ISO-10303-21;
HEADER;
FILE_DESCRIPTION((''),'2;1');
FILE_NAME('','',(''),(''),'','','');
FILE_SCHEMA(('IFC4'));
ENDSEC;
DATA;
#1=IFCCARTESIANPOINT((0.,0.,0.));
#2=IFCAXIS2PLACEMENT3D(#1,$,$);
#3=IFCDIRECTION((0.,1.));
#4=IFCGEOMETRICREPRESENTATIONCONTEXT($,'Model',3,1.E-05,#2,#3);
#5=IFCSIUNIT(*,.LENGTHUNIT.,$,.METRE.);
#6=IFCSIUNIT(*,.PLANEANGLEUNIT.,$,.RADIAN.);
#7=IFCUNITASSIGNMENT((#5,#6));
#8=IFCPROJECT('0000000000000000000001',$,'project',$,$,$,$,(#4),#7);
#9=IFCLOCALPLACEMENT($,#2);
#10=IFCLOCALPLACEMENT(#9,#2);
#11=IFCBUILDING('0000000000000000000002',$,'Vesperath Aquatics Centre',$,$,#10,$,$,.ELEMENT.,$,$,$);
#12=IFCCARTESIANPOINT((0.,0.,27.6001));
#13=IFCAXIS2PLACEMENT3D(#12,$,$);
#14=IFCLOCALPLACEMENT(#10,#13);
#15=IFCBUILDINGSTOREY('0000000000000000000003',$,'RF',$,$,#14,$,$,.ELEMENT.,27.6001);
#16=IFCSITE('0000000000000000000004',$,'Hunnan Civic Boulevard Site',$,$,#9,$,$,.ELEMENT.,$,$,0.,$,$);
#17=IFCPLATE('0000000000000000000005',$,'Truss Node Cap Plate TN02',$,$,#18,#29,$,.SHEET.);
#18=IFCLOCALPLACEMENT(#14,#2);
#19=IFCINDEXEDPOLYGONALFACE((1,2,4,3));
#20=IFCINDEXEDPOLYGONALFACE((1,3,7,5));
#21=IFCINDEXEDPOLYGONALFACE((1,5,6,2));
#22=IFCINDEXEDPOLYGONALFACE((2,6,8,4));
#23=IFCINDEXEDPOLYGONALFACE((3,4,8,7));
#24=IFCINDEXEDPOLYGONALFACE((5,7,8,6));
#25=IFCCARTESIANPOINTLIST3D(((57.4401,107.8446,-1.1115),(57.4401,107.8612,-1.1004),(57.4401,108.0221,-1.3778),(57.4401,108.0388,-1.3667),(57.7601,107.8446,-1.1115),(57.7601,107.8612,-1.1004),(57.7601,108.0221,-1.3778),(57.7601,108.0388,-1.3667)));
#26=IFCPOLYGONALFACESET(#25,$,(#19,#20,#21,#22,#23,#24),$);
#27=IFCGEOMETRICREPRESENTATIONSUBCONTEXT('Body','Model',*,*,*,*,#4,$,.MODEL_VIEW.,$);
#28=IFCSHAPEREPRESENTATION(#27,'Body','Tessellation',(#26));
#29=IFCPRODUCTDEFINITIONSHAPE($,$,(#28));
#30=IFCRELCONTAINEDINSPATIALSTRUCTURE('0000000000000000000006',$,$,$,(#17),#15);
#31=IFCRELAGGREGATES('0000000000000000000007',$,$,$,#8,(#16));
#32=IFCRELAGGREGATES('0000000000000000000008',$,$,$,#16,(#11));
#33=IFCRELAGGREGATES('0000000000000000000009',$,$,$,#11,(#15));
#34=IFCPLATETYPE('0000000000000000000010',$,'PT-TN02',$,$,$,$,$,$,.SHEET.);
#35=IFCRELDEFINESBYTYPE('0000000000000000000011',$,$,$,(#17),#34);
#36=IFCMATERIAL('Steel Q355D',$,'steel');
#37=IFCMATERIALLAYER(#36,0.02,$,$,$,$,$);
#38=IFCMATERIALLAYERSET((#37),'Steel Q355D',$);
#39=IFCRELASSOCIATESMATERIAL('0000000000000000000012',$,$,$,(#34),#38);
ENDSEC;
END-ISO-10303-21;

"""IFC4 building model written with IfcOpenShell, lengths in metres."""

from ifc_helpers import new_model, si_unit, direction, frame, origin, origin_2d, place, context, subcontext, project, spatial, rectangle, extrude, material, layer, layer_set, type_object, element, save


model = new_model("IFC4")

# Units and contexts
model_context = context("Model", 3, precision=1e-05, world=origin(), true_north=direction((0.0, 1.0)))
body_context = subcontext(model_context, "Body", "Model", "MODEL_VIEW")
ifc_project = project(units=[si_unit("LENGTHUNIT", "METRE"), si_unit("PLANEANGLEUNIT", "RADIAN")], contexts=[model_context])

# Site, building, storey
site_placement = place(None, origin())
site = spatial("IfcSite", under=ifc_project, at=site_placement, Name="Hunnan Civic Boulevard Site", CompositionType="ELEMENT", RefElevation=0.0)
building_placement = place(site_placement, origin())
building = spatial("IfcBuilding", under=site, at=building_placement, Name="Vesperath Aquatics Centre", CompositionType="ELEMENT")
storey_placement = place(building_placement, frame((0.0, 0.0, 27.6001)))
storey = spatial("IfcBuildingStorey", under=building, at=storey_placement, Name="RF", CompositionType="ELEMENT", Elevation=27.6001)

# Shared definitions
ifc_material_1 = material(Name="Steel Q355D", Category="steel")

# Plate
ifc_layer = layer(ifc_material_1, 0.02)
ifc_layer_set = layer_set([ifc_layer], Name="Steel Q355D")
plate_type = type_object("IfcPlateType", Name="PT-TN02", PredefinedType="SHEET", material=ifc_layer_set)
for number, where, z_axis, x_axis, name in (
    (1, (57.6001, 107.9333, -1.2446), (0.0, 0.83205, 0.5547), (-1.0, 0.0, 0.0), "Truss Node Cap Plate TN02"),
):
    element("IfcPlate", number, at=place(storey_placement, frame(where, z_axis=z_axis, x_axis=x_axis)), inside=storey, type_object=plate_type, Name=name, PredefinedType="SHEET", context=body_context, shape_type="SweptSolid", body=[
        extrude(rectangle(XDim=0.3201, YDim=0.3201, at=origin_2d()), origin(), (0.0, 0.0, 1.0), 0.02),
    ])

save(model, "model.ifc")
